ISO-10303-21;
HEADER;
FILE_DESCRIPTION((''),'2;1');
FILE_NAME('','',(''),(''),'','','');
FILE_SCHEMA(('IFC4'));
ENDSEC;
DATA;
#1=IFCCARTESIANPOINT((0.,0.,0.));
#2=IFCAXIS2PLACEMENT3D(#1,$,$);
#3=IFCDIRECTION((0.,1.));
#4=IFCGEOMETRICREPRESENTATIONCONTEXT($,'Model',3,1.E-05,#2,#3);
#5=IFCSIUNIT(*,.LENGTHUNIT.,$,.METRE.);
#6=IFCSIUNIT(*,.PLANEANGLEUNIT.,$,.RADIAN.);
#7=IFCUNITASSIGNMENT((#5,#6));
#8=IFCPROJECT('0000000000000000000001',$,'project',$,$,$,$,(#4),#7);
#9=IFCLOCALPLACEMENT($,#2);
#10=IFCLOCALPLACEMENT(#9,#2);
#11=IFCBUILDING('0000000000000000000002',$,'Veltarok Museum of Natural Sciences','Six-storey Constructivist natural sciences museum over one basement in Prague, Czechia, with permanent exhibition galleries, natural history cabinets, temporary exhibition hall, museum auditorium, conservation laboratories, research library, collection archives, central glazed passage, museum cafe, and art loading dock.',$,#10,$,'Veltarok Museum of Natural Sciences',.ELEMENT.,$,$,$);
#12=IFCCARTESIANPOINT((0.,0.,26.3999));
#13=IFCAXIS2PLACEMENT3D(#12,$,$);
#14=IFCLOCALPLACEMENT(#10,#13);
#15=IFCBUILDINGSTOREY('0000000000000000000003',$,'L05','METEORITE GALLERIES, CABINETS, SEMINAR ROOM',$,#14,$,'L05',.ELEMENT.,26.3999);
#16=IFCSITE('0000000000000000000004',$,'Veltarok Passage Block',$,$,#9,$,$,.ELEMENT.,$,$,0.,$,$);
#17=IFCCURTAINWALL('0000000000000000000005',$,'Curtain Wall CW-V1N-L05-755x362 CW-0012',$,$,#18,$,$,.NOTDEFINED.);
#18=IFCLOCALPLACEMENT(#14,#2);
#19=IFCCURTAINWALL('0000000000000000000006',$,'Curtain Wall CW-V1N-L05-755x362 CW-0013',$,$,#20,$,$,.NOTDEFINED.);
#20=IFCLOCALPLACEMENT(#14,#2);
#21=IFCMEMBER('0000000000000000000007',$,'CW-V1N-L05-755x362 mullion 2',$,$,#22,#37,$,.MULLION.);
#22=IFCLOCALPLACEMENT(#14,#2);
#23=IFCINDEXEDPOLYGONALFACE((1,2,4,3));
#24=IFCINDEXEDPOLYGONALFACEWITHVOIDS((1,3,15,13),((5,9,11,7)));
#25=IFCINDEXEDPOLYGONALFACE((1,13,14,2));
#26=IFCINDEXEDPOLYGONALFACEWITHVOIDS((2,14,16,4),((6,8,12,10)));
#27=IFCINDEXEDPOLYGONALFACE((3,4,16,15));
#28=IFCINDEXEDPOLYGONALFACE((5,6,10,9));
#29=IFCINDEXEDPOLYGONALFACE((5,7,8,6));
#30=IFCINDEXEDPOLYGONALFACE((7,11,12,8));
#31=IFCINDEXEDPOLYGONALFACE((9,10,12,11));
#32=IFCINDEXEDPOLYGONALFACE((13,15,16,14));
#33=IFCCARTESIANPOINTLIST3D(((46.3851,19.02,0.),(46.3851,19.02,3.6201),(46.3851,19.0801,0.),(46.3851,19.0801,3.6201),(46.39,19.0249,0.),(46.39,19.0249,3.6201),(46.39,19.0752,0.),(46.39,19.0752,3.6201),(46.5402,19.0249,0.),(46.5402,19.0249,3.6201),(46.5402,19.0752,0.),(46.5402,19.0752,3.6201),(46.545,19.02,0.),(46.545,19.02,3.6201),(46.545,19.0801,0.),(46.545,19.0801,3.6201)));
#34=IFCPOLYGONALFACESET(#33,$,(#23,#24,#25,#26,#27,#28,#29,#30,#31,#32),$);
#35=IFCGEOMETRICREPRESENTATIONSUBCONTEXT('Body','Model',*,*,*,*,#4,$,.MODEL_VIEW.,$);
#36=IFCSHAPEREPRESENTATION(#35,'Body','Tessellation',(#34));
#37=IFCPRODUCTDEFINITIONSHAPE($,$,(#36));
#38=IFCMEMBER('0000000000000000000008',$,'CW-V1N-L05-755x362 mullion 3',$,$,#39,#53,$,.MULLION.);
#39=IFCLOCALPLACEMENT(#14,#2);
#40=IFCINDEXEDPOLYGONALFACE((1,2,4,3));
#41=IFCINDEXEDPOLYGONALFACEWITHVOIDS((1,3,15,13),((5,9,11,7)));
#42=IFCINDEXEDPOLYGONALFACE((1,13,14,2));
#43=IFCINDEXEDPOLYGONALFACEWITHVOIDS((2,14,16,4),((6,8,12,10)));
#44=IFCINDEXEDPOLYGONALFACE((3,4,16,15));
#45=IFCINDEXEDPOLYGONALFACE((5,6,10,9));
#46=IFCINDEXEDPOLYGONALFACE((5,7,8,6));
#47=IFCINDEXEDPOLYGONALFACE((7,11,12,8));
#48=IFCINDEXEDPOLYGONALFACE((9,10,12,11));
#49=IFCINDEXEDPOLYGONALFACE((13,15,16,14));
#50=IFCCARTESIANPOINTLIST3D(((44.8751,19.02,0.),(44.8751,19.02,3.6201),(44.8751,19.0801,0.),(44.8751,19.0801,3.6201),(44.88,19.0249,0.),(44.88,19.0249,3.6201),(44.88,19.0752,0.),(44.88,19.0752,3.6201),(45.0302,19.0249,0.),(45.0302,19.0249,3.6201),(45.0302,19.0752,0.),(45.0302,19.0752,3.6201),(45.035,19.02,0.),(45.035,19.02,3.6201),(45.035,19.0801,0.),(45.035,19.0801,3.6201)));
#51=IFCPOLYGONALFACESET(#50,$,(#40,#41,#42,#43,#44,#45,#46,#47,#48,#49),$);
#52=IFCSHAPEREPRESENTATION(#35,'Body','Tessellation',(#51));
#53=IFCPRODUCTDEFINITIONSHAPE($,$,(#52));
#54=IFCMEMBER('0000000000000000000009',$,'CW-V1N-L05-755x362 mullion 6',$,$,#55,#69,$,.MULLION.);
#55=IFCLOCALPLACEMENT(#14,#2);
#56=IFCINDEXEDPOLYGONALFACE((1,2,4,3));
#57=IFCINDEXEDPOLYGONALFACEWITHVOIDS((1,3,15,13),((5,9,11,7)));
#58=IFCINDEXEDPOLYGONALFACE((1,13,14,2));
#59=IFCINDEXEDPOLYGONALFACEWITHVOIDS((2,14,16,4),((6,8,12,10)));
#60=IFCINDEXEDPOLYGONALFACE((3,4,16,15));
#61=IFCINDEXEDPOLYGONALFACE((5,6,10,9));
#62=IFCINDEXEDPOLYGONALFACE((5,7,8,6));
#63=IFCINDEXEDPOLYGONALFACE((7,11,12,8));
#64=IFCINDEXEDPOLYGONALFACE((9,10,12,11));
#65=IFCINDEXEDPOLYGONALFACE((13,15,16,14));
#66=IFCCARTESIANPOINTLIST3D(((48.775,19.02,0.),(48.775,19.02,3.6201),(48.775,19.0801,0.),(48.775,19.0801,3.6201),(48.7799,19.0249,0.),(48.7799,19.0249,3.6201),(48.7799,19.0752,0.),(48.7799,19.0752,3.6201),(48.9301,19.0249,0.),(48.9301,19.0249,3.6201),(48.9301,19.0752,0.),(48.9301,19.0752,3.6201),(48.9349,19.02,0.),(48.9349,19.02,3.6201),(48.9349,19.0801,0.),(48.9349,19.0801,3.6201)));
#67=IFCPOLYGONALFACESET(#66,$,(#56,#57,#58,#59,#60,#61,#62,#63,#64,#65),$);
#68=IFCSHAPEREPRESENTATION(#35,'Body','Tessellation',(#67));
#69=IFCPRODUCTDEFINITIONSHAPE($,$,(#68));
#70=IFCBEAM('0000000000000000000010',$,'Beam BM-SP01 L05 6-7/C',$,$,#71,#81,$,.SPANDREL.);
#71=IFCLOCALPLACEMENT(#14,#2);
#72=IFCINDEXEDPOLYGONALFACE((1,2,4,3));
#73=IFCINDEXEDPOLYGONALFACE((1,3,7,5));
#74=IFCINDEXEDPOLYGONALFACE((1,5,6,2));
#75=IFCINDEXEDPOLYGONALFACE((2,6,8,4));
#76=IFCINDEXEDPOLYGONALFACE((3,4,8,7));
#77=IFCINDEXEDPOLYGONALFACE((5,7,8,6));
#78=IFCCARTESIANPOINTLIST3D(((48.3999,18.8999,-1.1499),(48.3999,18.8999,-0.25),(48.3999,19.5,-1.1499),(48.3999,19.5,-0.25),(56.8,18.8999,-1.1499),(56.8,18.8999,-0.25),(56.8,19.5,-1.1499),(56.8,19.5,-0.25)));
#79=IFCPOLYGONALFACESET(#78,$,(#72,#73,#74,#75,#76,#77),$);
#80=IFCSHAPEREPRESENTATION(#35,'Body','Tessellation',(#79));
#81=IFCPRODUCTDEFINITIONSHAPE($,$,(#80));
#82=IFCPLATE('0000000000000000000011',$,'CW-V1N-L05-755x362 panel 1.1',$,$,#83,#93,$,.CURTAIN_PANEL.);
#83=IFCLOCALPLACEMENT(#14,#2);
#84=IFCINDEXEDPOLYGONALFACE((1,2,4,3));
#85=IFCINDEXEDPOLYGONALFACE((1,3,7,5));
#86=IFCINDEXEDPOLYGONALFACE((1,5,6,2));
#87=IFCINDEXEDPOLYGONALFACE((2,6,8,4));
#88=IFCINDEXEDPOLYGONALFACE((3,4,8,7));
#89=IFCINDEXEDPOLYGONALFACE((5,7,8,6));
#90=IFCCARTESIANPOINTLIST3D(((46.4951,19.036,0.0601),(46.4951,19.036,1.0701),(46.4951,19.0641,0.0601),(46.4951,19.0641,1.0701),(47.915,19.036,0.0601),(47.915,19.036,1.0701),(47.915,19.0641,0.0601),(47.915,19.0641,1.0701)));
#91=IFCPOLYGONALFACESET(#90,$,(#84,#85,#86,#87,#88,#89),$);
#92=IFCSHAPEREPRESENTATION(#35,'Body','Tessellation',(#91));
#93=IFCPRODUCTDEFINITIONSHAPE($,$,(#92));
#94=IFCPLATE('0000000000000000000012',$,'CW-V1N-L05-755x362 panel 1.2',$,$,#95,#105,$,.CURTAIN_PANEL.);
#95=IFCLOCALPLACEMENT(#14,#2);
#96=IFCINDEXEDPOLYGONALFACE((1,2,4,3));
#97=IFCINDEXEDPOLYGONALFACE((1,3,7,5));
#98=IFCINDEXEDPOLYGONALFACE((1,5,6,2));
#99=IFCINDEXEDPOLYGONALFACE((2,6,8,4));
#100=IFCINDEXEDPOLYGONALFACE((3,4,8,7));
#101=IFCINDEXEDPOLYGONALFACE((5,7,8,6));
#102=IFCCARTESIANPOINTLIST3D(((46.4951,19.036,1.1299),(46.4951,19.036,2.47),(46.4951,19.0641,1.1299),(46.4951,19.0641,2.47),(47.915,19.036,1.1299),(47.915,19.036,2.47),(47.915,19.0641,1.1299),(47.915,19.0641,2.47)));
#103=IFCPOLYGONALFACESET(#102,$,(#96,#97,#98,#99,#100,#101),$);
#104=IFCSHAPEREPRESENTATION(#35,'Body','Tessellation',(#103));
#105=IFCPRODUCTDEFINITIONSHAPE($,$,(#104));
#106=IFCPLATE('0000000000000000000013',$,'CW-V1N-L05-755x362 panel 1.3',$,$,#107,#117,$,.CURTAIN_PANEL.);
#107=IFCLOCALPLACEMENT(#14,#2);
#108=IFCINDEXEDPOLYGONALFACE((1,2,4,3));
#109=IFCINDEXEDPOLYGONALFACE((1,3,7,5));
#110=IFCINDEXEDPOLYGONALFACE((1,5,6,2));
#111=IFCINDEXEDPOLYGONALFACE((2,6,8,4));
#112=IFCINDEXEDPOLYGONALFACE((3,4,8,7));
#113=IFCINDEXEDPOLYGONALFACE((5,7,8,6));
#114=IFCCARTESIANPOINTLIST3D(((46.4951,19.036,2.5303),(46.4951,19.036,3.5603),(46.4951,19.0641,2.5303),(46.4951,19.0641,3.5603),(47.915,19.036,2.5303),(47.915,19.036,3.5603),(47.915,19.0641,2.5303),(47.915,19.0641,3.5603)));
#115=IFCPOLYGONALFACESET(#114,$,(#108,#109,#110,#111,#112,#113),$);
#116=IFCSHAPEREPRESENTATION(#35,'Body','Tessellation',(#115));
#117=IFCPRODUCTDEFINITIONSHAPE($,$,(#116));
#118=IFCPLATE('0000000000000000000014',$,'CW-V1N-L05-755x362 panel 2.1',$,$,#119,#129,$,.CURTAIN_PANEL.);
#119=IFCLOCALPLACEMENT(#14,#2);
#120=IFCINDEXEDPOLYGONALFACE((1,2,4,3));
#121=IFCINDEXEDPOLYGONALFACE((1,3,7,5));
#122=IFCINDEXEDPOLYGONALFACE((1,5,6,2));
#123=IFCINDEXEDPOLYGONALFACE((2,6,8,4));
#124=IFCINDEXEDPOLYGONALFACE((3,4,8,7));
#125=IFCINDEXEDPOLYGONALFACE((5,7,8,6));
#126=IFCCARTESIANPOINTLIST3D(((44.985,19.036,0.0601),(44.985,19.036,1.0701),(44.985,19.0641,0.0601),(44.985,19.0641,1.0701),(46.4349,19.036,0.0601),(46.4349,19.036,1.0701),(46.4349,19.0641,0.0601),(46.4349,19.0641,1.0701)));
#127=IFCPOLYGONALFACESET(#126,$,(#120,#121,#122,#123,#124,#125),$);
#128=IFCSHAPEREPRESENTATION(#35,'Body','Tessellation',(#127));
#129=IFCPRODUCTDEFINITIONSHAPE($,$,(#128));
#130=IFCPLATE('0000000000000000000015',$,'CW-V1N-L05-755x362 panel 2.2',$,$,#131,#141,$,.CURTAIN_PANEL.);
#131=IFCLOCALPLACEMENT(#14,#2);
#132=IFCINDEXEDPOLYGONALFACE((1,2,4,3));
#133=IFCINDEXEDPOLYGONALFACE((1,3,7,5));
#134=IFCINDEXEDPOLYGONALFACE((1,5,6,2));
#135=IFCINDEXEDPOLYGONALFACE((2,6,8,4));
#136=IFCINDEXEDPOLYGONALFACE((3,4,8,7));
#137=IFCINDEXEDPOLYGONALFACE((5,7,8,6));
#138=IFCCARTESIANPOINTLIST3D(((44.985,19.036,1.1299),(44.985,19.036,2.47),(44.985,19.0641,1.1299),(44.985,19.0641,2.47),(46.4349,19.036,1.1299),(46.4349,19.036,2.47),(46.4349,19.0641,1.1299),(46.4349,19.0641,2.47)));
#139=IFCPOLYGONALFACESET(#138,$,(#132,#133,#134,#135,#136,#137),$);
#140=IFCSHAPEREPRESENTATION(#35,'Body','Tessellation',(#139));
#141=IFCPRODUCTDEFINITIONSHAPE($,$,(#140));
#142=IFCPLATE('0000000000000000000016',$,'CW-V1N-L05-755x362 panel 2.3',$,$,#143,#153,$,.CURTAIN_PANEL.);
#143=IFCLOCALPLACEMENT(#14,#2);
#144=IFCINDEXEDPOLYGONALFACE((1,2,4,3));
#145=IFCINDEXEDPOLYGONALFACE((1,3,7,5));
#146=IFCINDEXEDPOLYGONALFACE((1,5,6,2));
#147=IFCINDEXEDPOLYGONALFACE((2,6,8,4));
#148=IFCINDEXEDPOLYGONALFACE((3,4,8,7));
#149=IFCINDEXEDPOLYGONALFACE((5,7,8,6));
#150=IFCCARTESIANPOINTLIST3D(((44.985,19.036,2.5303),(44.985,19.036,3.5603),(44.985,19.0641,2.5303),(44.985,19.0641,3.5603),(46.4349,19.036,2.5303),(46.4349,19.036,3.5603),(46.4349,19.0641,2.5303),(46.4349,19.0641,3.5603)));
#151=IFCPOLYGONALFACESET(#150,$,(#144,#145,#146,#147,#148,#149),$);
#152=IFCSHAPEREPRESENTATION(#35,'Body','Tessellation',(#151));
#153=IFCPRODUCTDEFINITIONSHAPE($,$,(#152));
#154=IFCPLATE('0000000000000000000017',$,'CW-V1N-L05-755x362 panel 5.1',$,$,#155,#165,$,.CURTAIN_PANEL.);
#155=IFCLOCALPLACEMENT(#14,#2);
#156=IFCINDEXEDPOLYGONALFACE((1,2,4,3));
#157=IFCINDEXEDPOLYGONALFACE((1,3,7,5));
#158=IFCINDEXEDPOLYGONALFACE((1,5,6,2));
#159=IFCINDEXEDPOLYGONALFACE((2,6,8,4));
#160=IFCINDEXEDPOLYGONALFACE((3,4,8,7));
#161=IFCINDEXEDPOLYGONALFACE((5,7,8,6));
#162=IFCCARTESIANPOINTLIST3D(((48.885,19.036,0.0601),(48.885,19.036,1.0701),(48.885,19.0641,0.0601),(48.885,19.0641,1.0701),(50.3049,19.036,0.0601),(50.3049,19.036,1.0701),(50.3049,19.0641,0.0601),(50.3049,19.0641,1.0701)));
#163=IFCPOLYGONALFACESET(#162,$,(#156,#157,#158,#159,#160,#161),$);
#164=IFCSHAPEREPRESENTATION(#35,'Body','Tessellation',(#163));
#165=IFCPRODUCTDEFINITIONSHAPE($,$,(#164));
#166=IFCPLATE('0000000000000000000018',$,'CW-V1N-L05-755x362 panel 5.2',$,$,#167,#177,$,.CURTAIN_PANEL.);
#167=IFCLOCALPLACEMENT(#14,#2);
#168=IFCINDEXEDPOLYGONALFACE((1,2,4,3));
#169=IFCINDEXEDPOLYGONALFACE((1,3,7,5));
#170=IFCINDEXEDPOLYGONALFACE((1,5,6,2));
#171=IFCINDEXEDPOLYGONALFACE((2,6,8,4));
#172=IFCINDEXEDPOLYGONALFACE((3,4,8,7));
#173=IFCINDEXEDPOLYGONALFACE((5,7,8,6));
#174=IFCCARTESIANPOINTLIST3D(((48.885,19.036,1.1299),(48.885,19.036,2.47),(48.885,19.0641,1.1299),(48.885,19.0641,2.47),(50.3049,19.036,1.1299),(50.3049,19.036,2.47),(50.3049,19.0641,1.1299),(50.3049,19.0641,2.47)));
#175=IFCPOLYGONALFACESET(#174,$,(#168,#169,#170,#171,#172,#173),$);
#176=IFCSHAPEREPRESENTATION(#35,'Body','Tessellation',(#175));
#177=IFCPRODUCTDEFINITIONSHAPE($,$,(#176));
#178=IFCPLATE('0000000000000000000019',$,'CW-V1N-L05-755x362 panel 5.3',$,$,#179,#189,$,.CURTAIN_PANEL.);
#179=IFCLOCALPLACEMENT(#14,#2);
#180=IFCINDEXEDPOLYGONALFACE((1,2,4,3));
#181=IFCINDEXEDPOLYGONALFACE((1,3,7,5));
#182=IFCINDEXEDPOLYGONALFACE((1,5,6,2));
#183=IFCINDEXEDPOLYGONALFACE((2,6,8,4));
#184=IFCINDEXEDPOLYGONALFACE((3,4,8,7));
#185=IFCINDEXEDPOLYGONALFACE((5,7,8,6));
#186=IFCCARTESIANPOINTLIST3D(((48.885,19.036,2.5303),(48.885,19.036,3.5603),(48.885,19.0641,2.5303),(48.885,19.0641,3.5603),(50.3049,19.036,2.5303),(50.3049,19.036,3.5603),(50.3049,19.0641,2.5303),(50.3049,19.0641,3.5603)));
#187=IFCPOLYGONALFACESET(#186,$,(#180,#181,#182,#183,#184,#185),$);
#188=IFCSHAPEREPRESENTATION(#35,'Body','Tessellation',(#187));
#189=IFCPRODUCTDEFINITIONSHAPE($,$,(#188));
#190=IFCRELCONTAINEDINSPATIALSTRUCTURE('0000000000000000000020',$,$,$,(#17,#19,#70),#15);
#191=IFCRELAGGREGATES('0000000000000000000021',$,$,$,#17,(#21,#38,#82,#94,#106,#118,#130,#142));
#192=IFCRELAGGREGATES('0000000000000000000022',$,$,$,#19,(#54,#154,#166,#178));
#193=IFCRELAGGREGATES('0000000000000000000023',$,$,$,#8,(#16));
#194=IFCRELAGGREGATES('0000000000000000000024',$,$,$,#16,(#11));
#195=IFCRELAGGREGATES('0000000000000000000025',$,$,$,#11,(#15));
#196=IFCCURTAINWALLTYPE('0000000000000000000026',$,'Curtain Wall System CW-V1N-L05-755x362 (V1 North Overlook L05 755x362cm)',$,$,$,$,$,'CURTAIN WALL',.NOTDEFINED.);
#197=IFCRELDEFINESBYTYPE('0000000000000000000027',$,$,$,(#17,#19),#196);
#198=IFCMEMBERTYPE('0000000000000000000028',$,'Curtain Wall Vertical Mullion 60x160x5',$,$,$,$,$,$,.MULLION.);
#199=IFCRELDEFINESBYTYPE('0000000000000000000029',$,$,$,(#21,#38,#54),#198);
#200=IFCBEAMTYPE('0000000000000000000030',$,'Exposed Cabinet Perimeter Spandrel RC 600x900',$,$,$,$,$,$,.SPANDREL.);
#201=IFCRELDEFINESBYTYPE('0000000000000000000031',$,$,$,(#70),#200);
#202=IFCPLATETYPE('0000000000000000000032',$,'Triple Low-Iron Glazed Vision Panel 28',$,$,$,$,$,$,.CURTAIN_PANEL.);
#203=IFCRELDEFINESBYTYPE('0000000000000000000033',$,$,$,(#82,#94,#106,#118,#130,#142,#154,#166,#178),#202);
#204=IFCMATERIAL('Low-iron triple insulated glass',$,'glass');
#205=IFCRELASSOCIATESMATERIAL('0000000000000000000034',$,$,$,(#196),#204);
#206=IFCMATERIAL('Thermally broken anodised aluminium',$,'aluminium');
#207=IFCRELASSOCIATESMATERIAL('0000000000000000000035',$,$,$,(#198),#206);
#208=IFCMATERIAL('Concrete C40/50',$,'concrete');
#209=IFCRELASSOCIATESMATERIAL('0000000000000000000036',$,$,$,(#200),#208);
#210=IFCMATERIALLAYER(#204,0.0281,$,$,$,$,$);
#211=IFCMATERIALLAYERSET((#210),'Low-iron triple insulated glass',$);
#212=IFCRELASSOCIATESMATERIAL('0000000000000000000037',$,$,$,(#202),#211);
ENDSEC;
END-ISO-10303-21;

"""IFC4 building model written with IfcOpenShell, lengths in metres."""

from ifc_helpers import new_model, si_unit, direction, frame, origin, origin_2d, place, context, subcontext, project, spatial, rectangle, hollow_rectangle, extrude, material, layer, layer_set, material_profile, profile_set, type_object, element, aggregate, save


model = new_model("IFC4")

# Units and contexts
model_context = context("Model", 3, precision=1e-05, world=origin(), true_north=direction((0.0, 1.0)))
body_context = subcontext(model_context, "Body", "Model", "MODEL_VIEW")
ifc_project = project(units=[si_unit("LENGTHUNIT", "METRE"), si_unit("PLANEANGLEUNIT", "RADIAN")], contexts=[model_context])

# Site, building, storey
site_placement = place(None, origin())
site = spatial("IfcSite", under=ifc_project, at=site_placement, Name="Veltarok Passage Block", CompositionType="ELEMENT", RefElevation=0.0)
building_placement = place(site_placement, origin())
building = spatial("IfcBuilding", under=site, at=building_placement, Name="Veltarok Museum of Natural Sciences", Description="Six-storey Constructivist natural sciences museum over one basement in Prague, Czechia, with permanent exhibition galleries, natural history cabinets, temporary exhibition hall, museum auditorium, conservation laboratories, research library, collection archives, central glazed passage, museum cafe, and art loading dock.", LongName="Veltarok Museum of Natural Sciences", CompositionType="ELEMENT")
storey_placement = place(building_placement, frame((0.0, 0.0, 26.3999)))
storey = spatial("IfcBuildingStorey", under=building, at=storey_placement, Name="L05", Description="METEORITE GALLERIES, CABINETS, SEMINAR ROOM", LongName="L05", CompositionType="ELEMENT", Elevation=26.3999)

# Shared definitions
ifc_material_1 = material(Name="Concrete C40/50", Category="concrete")

# Curtain wall
ifc_material_2 = material(Name="Low-iron triple insulated glass", Category="glass")
curtain_wall_type = type_object("IfcCurtainWallType", Name="Curtain Wall System CW-V1N-L05-755x362 (V1 North Overlook L05 755x362cm)", ElementType="CURTAIN WALL", PredefinedType="NOTDEFINED", material=ifc_material_2)
curtain_wall_1_placement = place(storey_placement, origin())
curtain_wall_1 = element("IfcCurtainWall", 1, at=curtain_wall_1_placement, inside=storey, type_object=curtain_wall_type, Name="Curtain Wall CW-V1N-L05-755x362 CW-0012", PredefinedType="NOTDEFINED")
ifc_material_3 = material(Name="Thermally broken anodised aluminium", Category="aluminium")

# Curtain wall
curtain_wall_2_placement = place(storey_placement, origin())
curtain_wall_2 = element("IfcCurtainWall", 2, at=curtain_wall_2_placement, inside=storey, type_object=curtain_wall_type, Name="Curtain Wall CW-V1N-L05-755x362 CW-0013", PredefinedType="NOTDEFINED")

# Members
ifc_material_profile_1 = material_profile(ifc_material_3, hollow_rectangle(XDim=0.0601, YDim=0.1599, WallThickness=0.0049, at=origin_2d()), Name="CW MULLION 60x160x5")
ifc_profile_set_1 = profile_set([ifc_material_profile_1], Name="Thermally broken anodised aluminium")
member_type_1 = type_object("IfcMemberType", Name="Curtain Wall Vertical Mullion 60x160x5", PredefinedType="MULLION", material=ifc_profile_set_1)
member_1_placement = place(storey_placement, frame((46.4651, 19.05, 0.0), z_axis=(0.0, 0.0, 1.0), x_axis=(0.0, -1.0, 0.0)))
member_1 = element("IfcMember", 3, at=member_1_placement, type_object=member_type_1, Name="CW-V1N-L05-755x362 mullion 2", PredefinedType="MULLION", context=body_context, shape_type="SweptSolid", body=[
    extrude(hollow_rectangle(XDim=0.0601, YDim=0.1599, WallThickness=0.0049, at=origin_2d()), origin(), (0.0, 0.0, 1.0), 3.6201),
])
member_2_placement = place(storey_placement, frame((44.9551, 19.05, 0.0), z_axis=(0.0, 0.0, 1.0), x_axis=(0.0, -1.0, 0.0)))
member_2 = element("IfcMember", 4, at=member_2_placement, type_object=member_type_1, Name="CW-V1N-L05-755x362 mullion 3", PredefinedType="MULLION", context=body_context, shape_type="SweptSolid", body=[
    extrude(hollow_rectangle(XDim=0.0601, YDim=0.1599, WallThickness=0.0049, at=origin_2d()), origin(), (0.0, 0.0, 1.0), 3.6201),
])
member_3_placement = place(storey_placement, frame((48.855, 19.05, 0.0), z_axis=(0.0, 0.0, 1.0), x_axis=(0.0, -1.0, 0.0)))
member_3 = element("IfcMember", 5, at=member_3_placement, type_object=member_type_1, Name="CW-V1N-L05-755x362 mullion 6", PredefinedType="MULLION", context=body_context, shape_type="SweptSolid", body=[
    extrude(hollow_rectangle(XDim=0.0601, YDim=0.1599, WallThickness=0.0049, at=origin_2d()), origin(), (0.0, 0.0, 1.0), 3.6201),
])

# Beam
ifc_material_profile_2 = material_profile(ifc_material_1, rectangle(XDim=0.6001, YDim=0.8999, at=origin_2d()), Name="RC 600x900")
ifc_profile_set_2 = profile_set([ifc_material_profile_2], Name="Concrete C40/50")
beam_type = type_object("IfcBeamType", Name="Exposed Cabinet Perimeter Spandrel RC 600x900", PredefinedType="SPANDREL", material=ifc_profile_set_2)
beam_placement = place(storey_placement, frame((48.3999, 19.2, -0.7), z_axis=(1.0, 0.0, 0.0), x_axis=(0.0, 1.0, 0.0)))
element("IfcBeam", 6, at=beam_placement, inside=storey, type_object=beam_type, Name="Beam BM-SP01 L05 6-7/C", PredefinedType="SPANDREL", context=body_context, shape_type="SweptSolid", body=[
    extrude(rectangle(XDim=0.6001, YDim=0.8999, at=origin_2d()), origin(), (0.0, 0.0, 1.0), 8.4001),
])

# Plates
ifc_layer = layer(ifc_material_2, 0.0281)
ifc_layer_set = layer_set([ifc_layer], Name="Low-iron triple insulated glass")
plate_type = type_object("IfcPlateType", Name="Triple Low-Iron Glazed Vision Panel 28", PredefinedType="CURTAIN_PANEL", material=ifc_layer_set)
plate_1_placement = place(storey_placement, frame((47.2051, 19.05, 0.0601), z_axis=(0.0, 0.0, 1.0), x_axis=(-1.0, 0.0, 0.0)))
plate_1 = element("IfcPlate", 7, at=plate_1_placement, type_object=plate_type, Name="CW-V1N-L05-755x362 panel 1.1", PredefinedType="CURTAIN_PANEL", context=body_context, shape_type="SweptSolid", body=[
    extrude(rectangle(XDim=1.4199, YDim=0.0281, at=origin_2d()), origin(), (0.0, 0.0, 1.0), 1.01),
])
plate_2_placement = place(storey_placement, frame((47.2051, 19.05, 1.1299), z_axis=(0.0, 0.0, 1.0), x_axis=(-1.0, 0.0, 0.0)))
plate_2 = element("IfcPlate", 8, at=plate_2_placement, type_object=plate_type, Name="CW-V1N-L05-755x362 panel 1.2", PredefinedType="CURTAIN_PANEL", context=body_context, shape_type="SweptSolid", body=[
    extrude(rectangle(XDim=1.4199, YDim=0.0281, at=origin_2d()), origin(), (0.0, 0.0, 1.0), 1.3401),
])
plate_3_placement = place(storey_placement, frame((47.2051, 19.05, 2.5303), z_axis=(0.0, 0.0, 1.0), x_axis=(-1.0, 0.0, 0.0)))
plate_3 = element("IfcPlate", 9, at=plate_3_placement, type_object=plate_type, Name="CW-V1N-L05-755x362 panel 1.3", PredefinedType="CURTAIN_PANEL", context=body_context, shape_type="SweptSolid", body=[
    extrude(rectangle(XDim=1.4199, YDim=0.0281, at=origin_2d()), origin(), (0.0, 0.0, 1.0), 1.03),
])
plate_4_placement = place(storey_placement, frame((45.71, 19.05, 0.0601), z_axis=(0.0, 0.0, 1.0), x_axis=(-1.0, 0.0, 0.0)))
plate_4 = element("IfcPlate", 10, at=plate_4_placement, type_object=plate_type, Name="CW-V1N-L05-755x362 panel 2.1", PredefinedType="CURTAIN_PANEL", context=body_context, shape_type="SweptSolid", body=[
    extrude(rectangle(XDim=1.45, YDim=0.0281, at=origin_2d()), origin(), (0.0, 0.0, 1.0), 1.01),
])
plate_5_placement = place(storey_placement, frame((45.71, 19.05, 1.1299), z_axis=(0.0, 0.0, 1.0), x_axis=(-1.0, 0.0, 0.0)))
plate_5 = element("IfcPlate", 11, at=plate_5_placement, type_object=plate_type, Name="CW-V1N-L05-755x362 panel 2.2", PredefinedType="CURTAIN_PANEL", context=body_context, shape_type="SweptSolid", body=[
    extrude(rectangle(XDim=1.45, YDim=0.0281, at=origin_2d()), origin(), (0.0, 0.0, 1.0), 1.3401),
])
plate_6_placement = place(storey_placement, frame((45.71, 19.05, 2.5303), z_axis=(0.0, 0.0, 1.0), x_axis=(-1.0, 0.0, 0.0)))
plate_6 = element("IfcPlate", 12, at=plate_6_placement, type_object=plate_type, Name="CW-V1N-L05-755x362 panel 2.3", PredefinedType="CURTAIN_PANEL", context=body_context, shape_type="SweptSolid", body=[
    extrude(rectangle(XDim=1.45, YDim=0.0281, at=origin_2d()), origin(), (0.0, 0.0, 1.0), 1.03),
])
aggregate(curtain_wall_1, [member_1, member_2, plate_1, plate_2, plate_3, plate_4, plate_5, plate_6])
plate_7_placement = place(storey_placement, frame((49.595, 19.05, 0.0601), z_axis=(0.0, 0.0, 1.0), x_axis=(-1.0, 0.0, 0.0)))
plate_7 = element("IfcPlate", 13, at=plate_7_placement, type_object=plate_type, Name="CW-V1N-L05-755x362 panel 5.1", PredefinedType="CURTAIN_PANEL", context=body_context, shape_type="SweptSolid", body=[
    extrude(rectangle(XDim=1.4199, YDim=0.0281, at=origin_2d()), origin(), (0.0, 0.0, 1.0), 1.01),
])
plate_8_placement = place(storey_placement, frame((49.595, 19.05, 1.1299), z_axis=(0.0, 0.0, 1.0), x_axis=(-1.0, 0.0, 0.0)))
plate_8 = element("IfcPlate", 14, at=plate_8_placement, type_object=plate_type, Name="CW-V1N-L05-755x362 panel 5.2", PredefinedType="CURTAIN_PANEL", context=body_context, shape_type="SweptSolid", body=[
    extrude(rectangle(XDim=1.4199, YDim=0.0281, at=origin_2d()), origin(), (0.0, 0.0, 1.0), 1.3401),
])
plate_9_placement = place(storey_placement, frame((49.595, 19.05, 2.5303), z_axis=(0.0, 0.0, 1.0), x_axis=(-1.0, 0.0, 0.0)))
plate_9 = element("IfcPlate", 15, at=plate_9_placement, type_object=plate_type, Name="CW-V1N-L05-755x362 panel 5.3", PredefinedType="CURTAIN_PANEL", context=body_context, shape_type="SweptSolid", body=[
    extrude(rectangle(XDim=1.4199, YDim=0.0281, at=origin_2d()), origin(), (0.0, 0.0, 1.0), 1.03),
])
aggregate(curtain_wall_2, [member_3, plate_7, plate_8, plate_9])

save(model, "model.ifc")
